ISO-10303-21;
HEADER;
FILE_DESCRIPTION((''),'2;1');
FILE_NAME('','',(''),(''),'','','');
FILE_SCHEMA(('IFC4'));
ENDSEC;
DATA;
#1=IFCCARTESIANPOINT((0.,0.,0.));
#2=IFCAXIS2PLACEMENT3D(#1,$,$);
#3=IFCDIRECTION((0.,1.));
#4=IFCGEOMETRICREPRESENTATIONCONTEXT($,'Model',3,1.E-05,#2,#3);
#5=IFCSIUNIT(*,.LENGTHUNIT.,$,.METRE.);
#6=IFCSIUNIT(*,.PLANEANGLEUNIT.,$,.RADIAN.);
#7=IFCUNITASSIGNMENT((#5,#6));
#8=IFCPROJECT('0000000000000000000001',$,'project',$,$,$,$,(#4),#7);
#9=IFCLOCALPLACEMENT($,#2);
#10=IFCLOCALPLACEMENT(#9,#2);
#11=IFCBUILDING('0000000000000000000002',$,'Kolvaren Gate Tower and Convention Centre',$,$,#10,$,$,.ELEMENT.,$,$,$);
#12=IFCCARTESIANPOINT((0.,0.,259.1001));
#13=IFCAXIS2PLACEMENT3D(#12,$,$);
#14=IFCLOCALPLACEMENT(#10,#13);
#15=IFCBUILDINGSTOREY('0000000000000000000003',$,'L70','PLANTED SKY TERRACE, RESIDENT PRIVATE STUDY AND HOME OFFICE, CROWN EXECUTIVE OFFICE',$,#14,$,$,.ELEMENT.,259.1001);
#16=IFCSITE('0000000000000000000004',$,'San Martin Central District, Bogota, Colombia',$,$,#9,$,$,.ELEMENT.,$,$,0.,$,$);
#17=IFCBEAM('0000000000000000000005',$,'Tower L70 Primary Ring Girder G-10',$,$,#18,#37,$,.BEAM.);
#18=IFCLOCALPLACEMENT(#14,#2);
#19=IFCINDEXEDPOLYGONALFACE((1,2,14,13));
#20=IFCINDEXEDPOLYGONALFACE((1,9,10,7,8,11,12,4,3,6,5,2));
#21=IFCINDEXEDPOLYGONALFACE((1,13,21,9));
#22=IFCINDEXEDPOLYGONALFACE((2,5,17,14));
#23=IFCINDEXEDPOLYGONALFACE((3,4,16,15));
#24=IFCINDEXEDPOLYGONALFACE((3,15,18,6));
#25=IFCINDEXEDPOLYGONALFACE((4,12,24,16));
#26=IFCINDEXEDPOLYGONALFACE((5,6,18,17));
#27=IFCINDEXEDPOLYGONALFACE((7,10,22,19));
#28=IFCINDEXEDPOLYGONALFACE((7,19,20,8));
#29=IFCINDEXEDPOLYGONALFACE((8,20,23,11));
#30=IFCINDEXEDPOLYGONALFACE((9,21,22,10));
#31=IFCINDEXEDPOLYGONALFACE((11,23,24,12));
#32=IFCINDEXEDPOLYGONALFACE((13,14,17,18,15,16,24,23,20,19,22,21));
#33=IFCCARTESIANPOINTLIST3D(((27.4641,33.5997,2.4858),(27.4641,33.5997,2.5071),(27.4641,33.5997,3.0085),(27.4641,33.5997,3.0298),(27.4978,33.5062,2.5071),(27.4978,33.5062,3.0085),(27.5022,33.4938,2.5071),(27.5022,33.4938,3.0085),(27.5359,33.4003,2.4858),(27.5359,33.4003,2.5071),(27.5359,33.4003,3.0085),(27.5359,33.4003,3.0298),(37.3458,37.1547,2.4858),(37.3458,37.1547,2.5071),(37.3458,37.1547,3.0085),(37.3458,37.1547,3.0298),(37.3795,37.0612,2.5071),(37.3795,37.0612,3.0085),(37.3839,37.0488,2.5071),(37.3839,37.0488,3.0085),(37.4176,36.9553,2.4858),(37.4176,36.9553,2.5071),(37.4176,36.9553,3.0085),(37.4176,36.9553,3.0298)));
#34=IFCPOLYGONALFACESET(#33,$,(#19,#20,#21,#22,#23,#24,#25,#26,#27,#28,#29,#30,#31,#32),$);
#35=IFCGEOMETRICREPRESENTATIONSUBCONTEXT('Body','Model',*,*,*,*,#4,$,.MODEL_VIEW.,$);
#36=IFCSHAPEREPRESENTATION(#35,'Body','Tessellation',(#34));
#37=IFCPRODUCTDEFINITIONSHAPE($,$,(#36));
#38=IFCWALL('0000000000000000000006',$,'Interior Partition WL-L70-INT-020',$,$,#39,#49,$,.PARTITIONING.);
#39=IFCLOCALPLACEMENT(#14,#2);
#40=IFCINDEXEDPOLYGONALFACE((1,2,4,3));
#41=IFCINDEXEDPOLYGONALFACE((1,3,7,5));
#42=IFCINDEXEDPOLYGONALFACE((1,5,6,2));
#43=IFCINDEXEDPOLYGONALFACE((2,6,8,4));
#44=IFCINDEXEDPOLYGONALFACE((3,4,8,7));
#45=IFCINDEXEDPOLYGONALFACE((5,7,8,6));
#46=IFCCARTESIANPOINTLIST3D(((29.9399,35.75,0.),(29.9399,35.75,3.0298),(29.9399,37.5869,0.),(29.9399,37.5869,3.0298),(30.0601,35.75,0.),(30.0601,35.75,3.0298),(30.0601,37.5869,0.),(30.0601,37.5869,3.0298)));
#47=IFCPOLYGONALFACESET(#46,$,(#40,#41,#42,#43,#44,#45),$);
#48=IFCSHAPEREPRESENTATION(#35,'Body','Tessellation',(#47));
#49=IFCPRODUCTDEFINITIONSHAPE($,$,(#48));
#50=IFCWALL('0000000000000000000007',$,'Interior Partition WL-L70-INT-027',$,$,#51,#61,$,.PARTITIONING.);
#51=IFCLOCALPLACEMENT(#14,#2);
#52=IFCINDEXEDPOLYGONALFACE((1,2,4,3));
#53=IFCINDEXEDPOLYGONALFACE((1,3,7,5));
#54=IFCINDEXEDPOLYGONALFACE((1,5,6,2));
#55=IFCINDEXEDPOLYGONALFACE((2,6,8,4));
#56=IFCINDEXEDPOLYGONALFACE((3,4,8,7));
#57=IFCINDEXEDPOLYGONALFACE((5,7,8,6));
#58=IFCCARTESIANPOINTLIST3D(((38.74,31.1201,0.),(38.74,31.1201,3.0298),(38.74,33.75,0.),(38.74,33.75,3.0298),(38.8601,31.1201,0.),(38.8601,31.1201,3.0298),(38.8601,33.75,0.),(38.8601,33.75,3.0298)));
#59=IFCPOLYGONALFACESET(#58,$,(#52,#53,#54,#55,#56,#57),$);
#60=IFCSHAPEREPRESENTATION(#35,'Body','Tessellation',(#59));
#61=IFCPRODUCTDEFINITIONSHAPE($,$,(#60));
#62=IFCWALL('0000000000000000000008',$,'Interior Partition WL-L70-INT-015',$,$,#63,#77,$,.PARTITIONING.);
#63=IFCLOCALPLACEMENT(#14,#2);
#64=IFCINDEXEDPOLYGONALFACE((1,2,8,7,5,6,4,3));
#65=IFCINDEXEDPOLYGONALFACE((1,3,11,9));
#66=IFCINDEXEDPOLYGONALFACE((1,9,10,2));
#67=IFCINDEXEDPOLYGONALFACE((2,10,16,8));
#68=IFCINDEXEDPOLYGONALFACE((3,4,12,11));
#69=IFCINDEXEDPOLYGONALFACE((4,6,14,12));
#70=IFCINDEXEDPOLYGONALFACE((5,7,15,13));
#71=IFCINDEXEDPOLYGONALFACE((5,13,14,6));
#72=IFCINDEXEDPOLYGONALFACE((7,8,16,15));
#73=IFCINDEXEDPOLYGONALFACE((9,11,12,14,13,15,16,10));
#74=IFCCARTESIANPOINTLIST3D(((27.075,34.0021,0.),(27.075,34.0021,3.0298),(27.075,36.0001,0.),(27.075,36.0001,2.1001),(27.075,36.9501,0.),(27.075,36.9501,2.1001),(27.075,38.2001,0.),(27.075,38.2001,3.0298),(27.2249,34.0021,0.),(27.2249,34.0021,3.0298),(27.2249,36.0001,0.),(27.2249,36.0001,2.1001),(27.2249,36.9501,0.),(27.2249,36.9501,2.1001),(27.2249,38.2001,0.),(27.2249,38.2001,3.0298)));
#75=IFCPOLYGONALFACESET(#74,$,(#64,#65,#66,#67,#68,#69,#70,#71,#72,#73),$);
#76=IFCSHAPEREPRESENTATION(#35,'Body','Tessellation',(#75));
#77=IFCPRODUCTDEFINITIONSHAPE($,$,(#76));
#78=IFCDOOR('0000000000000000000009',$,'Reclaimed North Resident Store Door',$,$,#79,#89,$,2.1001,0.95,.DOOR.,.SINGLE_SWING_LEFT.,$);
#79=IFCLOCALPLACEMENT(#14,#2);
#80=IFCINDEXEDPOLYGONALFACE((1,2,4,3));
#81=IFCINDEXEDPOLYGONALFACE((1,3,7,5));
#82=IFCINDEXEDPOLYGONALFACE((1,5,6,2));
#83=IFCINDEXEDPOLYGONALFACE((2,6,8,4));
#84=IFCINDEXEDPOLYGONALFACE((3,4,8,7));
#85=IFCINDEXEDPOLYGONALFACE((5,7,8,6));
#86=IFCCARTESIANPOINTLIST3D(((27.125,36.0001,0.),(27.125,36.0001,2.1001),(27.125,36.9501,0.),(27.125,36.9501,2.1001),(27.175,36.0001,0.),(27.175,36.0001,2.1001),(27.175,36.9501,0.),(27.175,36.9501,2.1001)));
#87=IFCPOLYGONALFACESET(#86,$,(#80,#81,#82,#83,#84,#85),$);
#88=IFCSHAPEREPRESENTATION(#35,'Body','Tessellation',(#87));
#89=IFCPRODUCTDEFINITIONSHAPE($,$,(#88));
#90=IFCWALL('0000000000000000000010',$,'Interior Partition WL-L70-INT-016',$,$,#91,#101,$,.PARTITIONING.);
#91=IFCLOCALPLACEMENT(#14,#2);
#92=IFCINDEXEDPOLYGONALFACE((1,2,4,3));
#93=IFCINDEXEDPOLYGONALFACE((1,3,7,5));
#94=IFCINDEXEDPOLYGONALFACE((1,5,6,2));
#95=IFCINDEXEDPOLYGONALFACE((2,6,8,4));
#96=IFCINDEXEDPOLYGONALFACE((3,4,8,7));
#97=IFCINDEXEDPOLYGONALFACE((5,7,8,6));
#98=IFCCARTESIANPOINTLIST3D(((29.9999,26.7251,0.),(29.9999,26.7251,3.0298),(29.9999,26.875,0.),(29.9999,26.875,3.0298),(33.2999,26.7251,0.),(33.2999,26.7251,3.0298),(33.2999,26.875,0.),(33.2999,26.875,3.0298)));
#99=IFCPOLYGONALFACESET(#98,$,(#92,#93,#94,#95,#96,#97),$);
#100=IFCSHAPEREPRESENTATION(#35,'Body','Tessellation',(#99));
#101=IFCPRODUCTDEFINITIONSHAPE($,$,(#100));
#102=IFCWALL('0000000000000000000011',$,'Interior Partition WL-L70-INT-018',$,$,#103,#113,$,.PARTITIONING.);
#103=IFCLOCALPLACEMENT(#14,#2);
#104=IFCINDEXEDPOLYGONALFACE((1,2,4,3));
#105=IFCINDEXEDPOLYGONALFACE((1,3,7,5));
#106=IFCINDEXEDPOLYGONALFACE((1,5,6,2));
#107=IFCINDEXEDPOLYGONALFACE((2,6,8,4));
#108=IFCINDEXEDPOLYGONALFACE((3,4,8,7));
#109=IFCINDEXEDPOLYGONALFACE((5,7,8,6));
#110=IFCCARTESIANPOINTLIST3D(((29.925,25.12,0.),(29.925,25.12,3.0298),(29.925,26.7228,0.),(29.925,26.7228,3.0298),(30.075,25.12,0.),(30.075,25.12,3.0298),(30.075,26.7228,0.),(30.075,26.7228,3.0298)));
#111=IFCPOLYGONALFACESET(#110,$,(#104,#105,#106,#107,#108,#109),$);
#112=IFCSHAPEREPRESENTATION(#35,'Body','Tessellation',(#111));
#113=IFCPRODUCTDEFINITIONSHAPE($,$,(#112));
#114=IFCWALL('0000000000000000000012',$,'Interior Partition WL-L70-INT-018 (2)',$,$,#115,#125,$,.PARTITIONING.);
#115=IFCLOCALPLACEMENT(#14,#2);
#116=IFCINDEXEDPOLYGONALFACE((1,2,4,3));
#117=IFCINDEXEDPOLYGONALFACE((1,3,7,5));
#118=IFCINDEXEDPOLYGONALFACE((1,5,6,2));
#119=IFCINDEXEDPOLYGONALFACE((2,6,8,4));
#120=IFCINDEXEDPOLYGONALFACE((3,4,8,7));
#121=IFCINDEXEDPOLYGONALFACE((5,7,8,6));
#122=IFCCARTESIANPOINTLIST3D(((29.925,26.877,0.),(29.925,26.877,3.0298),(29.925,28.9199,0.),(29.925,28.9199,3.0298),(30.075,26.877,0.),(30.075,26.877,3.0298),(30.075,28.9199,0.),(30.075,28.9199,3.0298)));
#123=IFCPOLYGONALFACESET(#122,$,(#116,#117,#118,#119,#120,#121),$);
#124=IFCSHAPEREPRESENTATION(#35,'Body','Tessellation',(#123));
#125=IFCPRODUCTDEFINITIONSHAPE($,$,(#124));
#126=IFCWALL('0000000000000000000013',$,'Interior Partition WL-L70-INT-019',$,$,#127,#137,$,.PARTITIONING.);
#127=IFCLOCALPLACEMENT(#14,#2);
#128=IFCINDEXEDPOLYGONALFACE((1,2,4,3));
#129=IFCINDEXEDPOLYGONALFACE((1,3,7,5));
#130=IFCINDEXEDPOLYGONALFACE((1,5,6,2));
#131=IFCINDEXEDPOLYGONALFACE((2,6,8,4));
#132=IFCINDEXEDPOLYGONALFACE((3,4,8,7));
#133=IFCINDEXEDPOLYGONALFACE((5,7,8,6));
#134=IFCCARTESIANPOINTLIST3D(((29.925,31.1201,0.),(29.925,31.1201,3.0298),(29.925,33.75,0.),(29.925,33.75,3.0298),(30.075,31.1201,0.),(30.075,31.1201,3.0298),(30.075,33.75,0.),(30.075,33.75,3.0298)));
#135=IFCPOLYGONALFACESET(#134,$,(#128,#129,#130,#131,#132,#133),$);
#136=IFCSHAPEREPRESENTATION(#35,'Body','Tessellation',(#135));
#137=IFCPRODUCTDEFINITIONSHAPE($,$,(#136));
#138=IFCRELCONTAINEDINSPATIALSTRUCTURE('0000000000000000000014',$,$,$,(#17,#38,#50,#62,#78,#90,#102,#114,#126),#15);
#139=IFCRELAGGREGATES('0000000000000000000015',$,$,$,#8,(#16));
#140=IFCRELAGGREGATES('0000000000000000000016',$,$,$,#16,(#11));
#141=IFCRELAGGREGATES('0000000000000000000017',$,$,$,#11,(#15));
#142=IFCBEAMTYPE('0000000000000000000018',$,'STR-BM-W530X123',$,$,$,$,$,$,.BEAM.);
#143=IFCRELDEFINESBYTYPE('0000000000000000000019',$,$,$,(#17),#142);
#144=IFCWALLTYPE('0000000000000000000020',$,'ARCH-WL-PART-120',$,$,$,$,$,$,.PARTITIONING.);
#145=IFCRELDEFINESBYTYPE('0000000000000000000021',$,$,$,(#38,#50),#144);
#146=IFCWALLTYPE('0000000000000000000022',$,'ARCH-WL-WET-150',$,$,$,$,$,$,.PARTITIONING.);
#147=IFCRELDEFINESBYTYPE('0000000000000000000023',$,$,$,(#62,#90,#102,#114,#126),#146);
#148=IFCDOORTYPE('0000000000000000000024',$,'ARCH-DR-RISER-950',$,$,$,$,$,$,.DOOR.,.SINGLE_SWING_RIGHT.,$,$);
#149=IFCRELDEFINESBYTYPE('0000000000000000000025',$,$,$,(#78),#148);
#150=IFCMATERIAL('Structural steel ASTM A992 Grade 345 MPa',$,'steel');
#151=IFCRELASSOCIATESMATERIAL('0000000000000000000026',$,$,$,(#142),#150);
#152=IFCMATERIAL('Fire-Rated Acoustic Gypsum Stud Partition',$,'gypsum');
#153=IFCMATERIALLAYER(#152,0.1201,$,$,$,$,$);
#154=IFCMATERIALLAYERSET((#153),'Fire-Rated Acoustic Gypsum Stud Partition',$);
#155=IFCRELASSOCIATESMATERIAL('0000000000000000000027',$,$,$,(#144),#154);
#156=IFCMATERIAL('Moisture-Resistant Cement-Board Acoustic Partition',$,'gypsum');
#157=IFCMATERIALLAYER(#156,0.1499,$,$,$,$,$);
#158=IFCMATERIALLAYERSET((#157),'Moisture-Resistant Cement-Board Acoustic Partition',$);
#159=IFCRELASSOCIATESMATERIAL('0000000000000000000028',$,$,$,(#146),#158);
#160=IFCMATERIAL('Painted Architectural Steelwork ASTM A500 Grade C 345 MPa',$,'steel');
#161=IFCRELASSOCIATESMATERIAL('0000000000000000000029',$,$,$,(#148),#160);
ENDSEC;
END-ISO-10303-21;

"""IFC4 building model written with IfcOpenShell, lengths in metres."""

from ifc_helpers import new_model, si_unit, direction, frame, frame_2d, origin, origin_2d, place, context, subcontext, project, spatial, rectangle, i_section, extrude, material, layer, layer_set, material_profile, profile_set, type_object, element, fill, save


model = new_model("IFC4")

# Units and contexts
model_context = context("Model", 3, precision=1e-05, world=origin(), true_north=direction((0.0, 1.0)))
body_context = subcontext(model_context, "Body", "Model", "MODEL_VIEW")
ifc_project = project(units=[si_unit("LENGTHUNIT", "METRE"), si_unit("PLANEANGLEUNIT", "RADIAN")], contexts=[model_context])

# Site, building, storey
site_placement = place(None, origin())
site = spatial("IfcSite", under=ifc_project, at=site_placement, Name="San Martin Central District, Bogota, Colombia", CompositionType="ELEMENT", RefElevation=0.0)
building_placement = place(site_placement, origin())
building = spatial("IfcBuilding", under=site, at=building_placement, Name="Kolvaren Gate Tower and Convention Centre", CompositionType="ELEMENT")
storey_placement = place(building_placement, frame((0.0, 0.0, 259.1001)))
storey = spatial("IfcBuildingStorey", under=building, at=storey_placement, Name="L70", Description="PLANTED SKY TERRACE, RESIDENT PRIVATE STUDY AND HOME OFFICE, CROWN EXECUTIVE OFFICE", CompositionType="ELEMENT", Elevation=259.1001)

# Beam
ifc_material_1 = material(Name="Structural steel ASTM A992 Grade 345 MPa", Category="steel")
ifc_material_profile = material_profile(ifc_material_1, i_section(OverallWidth=0.2119, OverallDepth=0.5439, WebThickness=0.0132, FlangeThickness=0.0212, at=origin_2d()), Name="W530X123")
ifc_profile_set = profile_set([ifc_material_profile], Name="Structural steel ASTM A992 Grade 345 MPa")
beam_type = type_object("IfcBeamType", Name="STR-BM-W530X123", PredefinedType="BEAM", material=ifc_profile_set)
beam_placement = place(storey_placement, frame((27.5, 33.5, 2.7578), z_axis=(0.940961, 0.338514, 0.0), x_axis=(-0.338514, 0.940961, 0.0)))
element("IfcBeam", 1, at=beam_placement, inside=storey, type_object=beam_type, Name="Tower L70 Primary Ring Girder G-10", PredefinedType="BEAM", context=body_context, shape_type="SweptSolid", body=[
    extrude(i_section(OverallWidth=0.2119, OverallDepth=0.5439, WebThickness=0.0132, FlangeThickness=0.0212, at=origin_2d()), origin(), (0.0, 0.0, 1.0), 10.5017),
])

# Walls
ifc_material_2 = material(Name="Fire-Rated Acoustic Gypsum Stud Partition", Category="gypsum")
ifc_layer_1 = layer(ifc_material_2, 0.1201)
ifc_layer_set_1 = layer_set([ifc_layer_1], Name="Fire-Rated Acoustic Gypsum Stud Partition")
wall_type_1 = type_object("IfcWallType", Name="ARCH-WL-PART-120", PredefinedType="PARTITIONING", material=ifc_layer_set_1)
wall_1_placement = place(storey_placement, frame((30.0, 35.75, 0.0), z_axis=(0.0, 0.0, 1.0), x_axis=(0.0, 1.0, 0.0)))
element("IfcWall", 2, at=wall_1_placement, inside=storey, type_object=wall_type_1, Name="Interior Partition WL-L70-INT-020", PredefinedType="PARTITIONING", context=body_context, shape_type="SweptSolid", body=[
    extrude(rectangle(XDim=1.8369, YDim=0.1201, at=frame_2d((0.9185, 0.0))), origin(), (0.0, 0.0, 1.0), 3.0298),
])
wall_2_placement = place(storey_placement, frame((38.8, 31.1201, 0.0), z_axis=(0.0, 0.0, 1.0), x_axis=(0.0, 1.0, 0.0)))
element("IfcWall", 3, at=wall_2_placement, inside=storey, type_object=wall_type_1, Name="Interior Partition WL-L70-INT-027", PredefinedType="PARTITIONING", context=body_context, shape_type="SweptSolid", body=[
    extrude(rectangle(XDim=2.6299, YDim=0.1201, at=frame_2d((1.3149, 0.0))), origin(), (0.0, 0.0, 1.0), 3.0298),
])

# Wall, opening, door
ifc_material_3 = material(Name="Moisture-Resistant Cement-Board Acoustic Partition", Category="gypsum")
ifc_layer_2 = layer(ifc_material_3, 0.1499)
ifc_layer_set_2 = layer_set([ifc_layer_2], Name="Moisture-Resistant Cement-Board Acoustic Partition")
wall_type_2 = type_object("IfcWallType", Name="ARCH-WL-WET-150", PredefinedType="PARTITIONING", material=ifc_layer_set_2)
wall_3_placement = place(storey_placement, frame((27.1499, 34.002, 0.0), z_axis=(0.0, 0.0, 1.0), x_axis=(0.0, 1.0, 0.0)))
wall_3 = element("IfcWall", 4, at=wall_3_placement, inside=storey, type_object=wall_type_2, Name="Interior Partition WL-L70-INT-015", PredefinedType="PARTITIONING", context=body_context, shape_type="SweptSolid", body=[
    extrude(rectangle(XDim=4.198, YDim=0.1499, at=frame_2d((2.0991, 0.0))), origin(), (0.0, 0.0, 1.0), 3.0298),
])
opening_1_placement = place(wall_3_placement, frame((1.998, 0.0, 0.0)))
opening_1 = element("IfcOpeningElement", 5, at=opening_1_placement, cuts=wall_3, PredefinedType="OPENING", context=body_context, shape_type="SweptSolid", body=[
    extrude(rectangle(XDim=0.95, YDim=2.1001, at=frame_2d((0.4751, 1.05))), frame((0.0, 0.085, 0.0), z_axis=(0.0, -1.0, 0.0), x_axis=(1.0, 0.0, 0.0)), (0.0, 0.0, 1.0), 0.1699),
])
ifc_material_4 = material(Name="Painted Architectural Steelwork ASTM A500 Grade C 345 MPa", Category="steel")
door_type = type_object("IfcDoorType", Name="ARCH-DR-RISER-950", OperationType="SINGLE_SWING_RIGHT", PredefinedType="DOOR", material=ifc_material_4)
door_1_placement = place(opening_1_placement, origin())
door_1 = element("IfcDoor", 6, at=door_1_placement, inside=storey, type_object=door_type, Name="Reclaimed North Resident Store Door", OperationType="SINGLE_SWING_LEFT", OverallHeight=2.1001, OverallWidth=0.95, PredefinedType="DOOR", context=body_context, shape_type="SweptSolid", body=[
    extrude(rectangle(XDim=0.95, YDim=2.1001, at=frame_2d((0.4751, 1.05))), frame((0.0, 0.0249, 0.0), z_axis=(0.0, -1.0, 0.0), x_axis=(1.0, 0.0, 0.0)), (0.0, 0.0, 1.0), 0.05),
])
fill(opening_1, door_1)

# Walls
wall_4_placement = place(storey_placement, frame((30.0, 26.8, 0.0), z_axis=(0.0, 0.0, 1.0), x_axis=(1.0, 0.0, 0.0)))
element("IfcWall", 7, at=wall_4_placement, inside=storey, type_object=wall_type_2, Name="Interior Partition WL-L70-INT-016", PredefinedType="PARTITIONING", context=body_context, shape_type="SweptSolid", body=[
    extrude(rectangle(XDim=3.3, YDim=0.1499, at=frame_2d((1.6499, 0.0))), origin(), (0.0, 0.0, 1.0), 3.0298),
])
wall_5_placement = place(storey_placement, frame((30.0, 25.1201, 0.0), z_axis=(0.0, 0.0, 1.0), x_axis=(0.0, 1.0, 0.0)))
element("IfcWall", 8, at=wall_5_placement, inside=storey, type_object=wall_type_2, Name="Interior Partition WL-L70-INT-018", PredefinedType="PARTITIONING", context=body_context, shape_type="SweptSolid", body=[
    extrude(rectangle(XDim=1.6028, YDim=0.1499, at=frame_2d((0.8013, 0.0))), origin(), (0.0, 0.0, 1.0), 3.0298),
])
wall_6_placement = place(storey_placement, frame((30.0, 26.877, 0.0), z_axis=(0.0, 0.0, 1.0), x_axis=(0.0, 1.0, 0.0)))
element("IfcWall", 9, at=wall_6_placement, inside=storey, type_object=wall_type_2, Name="Interior Partition WL-L70-INT-018 (2)", PredefinedType="PARTITIONING", context=body_context, shape_type="SweptSolid", body=[
    extrude(rectangle(XDim=2.043, YDim=0.1499, at=frame_2d((1.0215, 0.0))), origin(), (0.0, 0.0, 1.0), 3.0298),
])
wall_7_placement = place(storey_placement, frame((30.0, 31.1201, 0.0), z_axis=(0.0, 0.0, 1.0), x_axis=(0.0, 1.0, 0.0)))
element("IfcWall", 10, at=wall_7_placement, inside=storey, type_object=wall_type_2, Name="Interior Partition WL-L70-INT-019", PredefinedType="PARTITIONING", context=body_context, shape_type="SweptSolid", body=[
    extrude(rectangle(XDim=2.6299, YDim=0.1499, at=frame_2d((1.3149, 0.0))), origin(), (0.0, 0.0, 1.0), 3.0298),
])

save(model, "model.ifc")
